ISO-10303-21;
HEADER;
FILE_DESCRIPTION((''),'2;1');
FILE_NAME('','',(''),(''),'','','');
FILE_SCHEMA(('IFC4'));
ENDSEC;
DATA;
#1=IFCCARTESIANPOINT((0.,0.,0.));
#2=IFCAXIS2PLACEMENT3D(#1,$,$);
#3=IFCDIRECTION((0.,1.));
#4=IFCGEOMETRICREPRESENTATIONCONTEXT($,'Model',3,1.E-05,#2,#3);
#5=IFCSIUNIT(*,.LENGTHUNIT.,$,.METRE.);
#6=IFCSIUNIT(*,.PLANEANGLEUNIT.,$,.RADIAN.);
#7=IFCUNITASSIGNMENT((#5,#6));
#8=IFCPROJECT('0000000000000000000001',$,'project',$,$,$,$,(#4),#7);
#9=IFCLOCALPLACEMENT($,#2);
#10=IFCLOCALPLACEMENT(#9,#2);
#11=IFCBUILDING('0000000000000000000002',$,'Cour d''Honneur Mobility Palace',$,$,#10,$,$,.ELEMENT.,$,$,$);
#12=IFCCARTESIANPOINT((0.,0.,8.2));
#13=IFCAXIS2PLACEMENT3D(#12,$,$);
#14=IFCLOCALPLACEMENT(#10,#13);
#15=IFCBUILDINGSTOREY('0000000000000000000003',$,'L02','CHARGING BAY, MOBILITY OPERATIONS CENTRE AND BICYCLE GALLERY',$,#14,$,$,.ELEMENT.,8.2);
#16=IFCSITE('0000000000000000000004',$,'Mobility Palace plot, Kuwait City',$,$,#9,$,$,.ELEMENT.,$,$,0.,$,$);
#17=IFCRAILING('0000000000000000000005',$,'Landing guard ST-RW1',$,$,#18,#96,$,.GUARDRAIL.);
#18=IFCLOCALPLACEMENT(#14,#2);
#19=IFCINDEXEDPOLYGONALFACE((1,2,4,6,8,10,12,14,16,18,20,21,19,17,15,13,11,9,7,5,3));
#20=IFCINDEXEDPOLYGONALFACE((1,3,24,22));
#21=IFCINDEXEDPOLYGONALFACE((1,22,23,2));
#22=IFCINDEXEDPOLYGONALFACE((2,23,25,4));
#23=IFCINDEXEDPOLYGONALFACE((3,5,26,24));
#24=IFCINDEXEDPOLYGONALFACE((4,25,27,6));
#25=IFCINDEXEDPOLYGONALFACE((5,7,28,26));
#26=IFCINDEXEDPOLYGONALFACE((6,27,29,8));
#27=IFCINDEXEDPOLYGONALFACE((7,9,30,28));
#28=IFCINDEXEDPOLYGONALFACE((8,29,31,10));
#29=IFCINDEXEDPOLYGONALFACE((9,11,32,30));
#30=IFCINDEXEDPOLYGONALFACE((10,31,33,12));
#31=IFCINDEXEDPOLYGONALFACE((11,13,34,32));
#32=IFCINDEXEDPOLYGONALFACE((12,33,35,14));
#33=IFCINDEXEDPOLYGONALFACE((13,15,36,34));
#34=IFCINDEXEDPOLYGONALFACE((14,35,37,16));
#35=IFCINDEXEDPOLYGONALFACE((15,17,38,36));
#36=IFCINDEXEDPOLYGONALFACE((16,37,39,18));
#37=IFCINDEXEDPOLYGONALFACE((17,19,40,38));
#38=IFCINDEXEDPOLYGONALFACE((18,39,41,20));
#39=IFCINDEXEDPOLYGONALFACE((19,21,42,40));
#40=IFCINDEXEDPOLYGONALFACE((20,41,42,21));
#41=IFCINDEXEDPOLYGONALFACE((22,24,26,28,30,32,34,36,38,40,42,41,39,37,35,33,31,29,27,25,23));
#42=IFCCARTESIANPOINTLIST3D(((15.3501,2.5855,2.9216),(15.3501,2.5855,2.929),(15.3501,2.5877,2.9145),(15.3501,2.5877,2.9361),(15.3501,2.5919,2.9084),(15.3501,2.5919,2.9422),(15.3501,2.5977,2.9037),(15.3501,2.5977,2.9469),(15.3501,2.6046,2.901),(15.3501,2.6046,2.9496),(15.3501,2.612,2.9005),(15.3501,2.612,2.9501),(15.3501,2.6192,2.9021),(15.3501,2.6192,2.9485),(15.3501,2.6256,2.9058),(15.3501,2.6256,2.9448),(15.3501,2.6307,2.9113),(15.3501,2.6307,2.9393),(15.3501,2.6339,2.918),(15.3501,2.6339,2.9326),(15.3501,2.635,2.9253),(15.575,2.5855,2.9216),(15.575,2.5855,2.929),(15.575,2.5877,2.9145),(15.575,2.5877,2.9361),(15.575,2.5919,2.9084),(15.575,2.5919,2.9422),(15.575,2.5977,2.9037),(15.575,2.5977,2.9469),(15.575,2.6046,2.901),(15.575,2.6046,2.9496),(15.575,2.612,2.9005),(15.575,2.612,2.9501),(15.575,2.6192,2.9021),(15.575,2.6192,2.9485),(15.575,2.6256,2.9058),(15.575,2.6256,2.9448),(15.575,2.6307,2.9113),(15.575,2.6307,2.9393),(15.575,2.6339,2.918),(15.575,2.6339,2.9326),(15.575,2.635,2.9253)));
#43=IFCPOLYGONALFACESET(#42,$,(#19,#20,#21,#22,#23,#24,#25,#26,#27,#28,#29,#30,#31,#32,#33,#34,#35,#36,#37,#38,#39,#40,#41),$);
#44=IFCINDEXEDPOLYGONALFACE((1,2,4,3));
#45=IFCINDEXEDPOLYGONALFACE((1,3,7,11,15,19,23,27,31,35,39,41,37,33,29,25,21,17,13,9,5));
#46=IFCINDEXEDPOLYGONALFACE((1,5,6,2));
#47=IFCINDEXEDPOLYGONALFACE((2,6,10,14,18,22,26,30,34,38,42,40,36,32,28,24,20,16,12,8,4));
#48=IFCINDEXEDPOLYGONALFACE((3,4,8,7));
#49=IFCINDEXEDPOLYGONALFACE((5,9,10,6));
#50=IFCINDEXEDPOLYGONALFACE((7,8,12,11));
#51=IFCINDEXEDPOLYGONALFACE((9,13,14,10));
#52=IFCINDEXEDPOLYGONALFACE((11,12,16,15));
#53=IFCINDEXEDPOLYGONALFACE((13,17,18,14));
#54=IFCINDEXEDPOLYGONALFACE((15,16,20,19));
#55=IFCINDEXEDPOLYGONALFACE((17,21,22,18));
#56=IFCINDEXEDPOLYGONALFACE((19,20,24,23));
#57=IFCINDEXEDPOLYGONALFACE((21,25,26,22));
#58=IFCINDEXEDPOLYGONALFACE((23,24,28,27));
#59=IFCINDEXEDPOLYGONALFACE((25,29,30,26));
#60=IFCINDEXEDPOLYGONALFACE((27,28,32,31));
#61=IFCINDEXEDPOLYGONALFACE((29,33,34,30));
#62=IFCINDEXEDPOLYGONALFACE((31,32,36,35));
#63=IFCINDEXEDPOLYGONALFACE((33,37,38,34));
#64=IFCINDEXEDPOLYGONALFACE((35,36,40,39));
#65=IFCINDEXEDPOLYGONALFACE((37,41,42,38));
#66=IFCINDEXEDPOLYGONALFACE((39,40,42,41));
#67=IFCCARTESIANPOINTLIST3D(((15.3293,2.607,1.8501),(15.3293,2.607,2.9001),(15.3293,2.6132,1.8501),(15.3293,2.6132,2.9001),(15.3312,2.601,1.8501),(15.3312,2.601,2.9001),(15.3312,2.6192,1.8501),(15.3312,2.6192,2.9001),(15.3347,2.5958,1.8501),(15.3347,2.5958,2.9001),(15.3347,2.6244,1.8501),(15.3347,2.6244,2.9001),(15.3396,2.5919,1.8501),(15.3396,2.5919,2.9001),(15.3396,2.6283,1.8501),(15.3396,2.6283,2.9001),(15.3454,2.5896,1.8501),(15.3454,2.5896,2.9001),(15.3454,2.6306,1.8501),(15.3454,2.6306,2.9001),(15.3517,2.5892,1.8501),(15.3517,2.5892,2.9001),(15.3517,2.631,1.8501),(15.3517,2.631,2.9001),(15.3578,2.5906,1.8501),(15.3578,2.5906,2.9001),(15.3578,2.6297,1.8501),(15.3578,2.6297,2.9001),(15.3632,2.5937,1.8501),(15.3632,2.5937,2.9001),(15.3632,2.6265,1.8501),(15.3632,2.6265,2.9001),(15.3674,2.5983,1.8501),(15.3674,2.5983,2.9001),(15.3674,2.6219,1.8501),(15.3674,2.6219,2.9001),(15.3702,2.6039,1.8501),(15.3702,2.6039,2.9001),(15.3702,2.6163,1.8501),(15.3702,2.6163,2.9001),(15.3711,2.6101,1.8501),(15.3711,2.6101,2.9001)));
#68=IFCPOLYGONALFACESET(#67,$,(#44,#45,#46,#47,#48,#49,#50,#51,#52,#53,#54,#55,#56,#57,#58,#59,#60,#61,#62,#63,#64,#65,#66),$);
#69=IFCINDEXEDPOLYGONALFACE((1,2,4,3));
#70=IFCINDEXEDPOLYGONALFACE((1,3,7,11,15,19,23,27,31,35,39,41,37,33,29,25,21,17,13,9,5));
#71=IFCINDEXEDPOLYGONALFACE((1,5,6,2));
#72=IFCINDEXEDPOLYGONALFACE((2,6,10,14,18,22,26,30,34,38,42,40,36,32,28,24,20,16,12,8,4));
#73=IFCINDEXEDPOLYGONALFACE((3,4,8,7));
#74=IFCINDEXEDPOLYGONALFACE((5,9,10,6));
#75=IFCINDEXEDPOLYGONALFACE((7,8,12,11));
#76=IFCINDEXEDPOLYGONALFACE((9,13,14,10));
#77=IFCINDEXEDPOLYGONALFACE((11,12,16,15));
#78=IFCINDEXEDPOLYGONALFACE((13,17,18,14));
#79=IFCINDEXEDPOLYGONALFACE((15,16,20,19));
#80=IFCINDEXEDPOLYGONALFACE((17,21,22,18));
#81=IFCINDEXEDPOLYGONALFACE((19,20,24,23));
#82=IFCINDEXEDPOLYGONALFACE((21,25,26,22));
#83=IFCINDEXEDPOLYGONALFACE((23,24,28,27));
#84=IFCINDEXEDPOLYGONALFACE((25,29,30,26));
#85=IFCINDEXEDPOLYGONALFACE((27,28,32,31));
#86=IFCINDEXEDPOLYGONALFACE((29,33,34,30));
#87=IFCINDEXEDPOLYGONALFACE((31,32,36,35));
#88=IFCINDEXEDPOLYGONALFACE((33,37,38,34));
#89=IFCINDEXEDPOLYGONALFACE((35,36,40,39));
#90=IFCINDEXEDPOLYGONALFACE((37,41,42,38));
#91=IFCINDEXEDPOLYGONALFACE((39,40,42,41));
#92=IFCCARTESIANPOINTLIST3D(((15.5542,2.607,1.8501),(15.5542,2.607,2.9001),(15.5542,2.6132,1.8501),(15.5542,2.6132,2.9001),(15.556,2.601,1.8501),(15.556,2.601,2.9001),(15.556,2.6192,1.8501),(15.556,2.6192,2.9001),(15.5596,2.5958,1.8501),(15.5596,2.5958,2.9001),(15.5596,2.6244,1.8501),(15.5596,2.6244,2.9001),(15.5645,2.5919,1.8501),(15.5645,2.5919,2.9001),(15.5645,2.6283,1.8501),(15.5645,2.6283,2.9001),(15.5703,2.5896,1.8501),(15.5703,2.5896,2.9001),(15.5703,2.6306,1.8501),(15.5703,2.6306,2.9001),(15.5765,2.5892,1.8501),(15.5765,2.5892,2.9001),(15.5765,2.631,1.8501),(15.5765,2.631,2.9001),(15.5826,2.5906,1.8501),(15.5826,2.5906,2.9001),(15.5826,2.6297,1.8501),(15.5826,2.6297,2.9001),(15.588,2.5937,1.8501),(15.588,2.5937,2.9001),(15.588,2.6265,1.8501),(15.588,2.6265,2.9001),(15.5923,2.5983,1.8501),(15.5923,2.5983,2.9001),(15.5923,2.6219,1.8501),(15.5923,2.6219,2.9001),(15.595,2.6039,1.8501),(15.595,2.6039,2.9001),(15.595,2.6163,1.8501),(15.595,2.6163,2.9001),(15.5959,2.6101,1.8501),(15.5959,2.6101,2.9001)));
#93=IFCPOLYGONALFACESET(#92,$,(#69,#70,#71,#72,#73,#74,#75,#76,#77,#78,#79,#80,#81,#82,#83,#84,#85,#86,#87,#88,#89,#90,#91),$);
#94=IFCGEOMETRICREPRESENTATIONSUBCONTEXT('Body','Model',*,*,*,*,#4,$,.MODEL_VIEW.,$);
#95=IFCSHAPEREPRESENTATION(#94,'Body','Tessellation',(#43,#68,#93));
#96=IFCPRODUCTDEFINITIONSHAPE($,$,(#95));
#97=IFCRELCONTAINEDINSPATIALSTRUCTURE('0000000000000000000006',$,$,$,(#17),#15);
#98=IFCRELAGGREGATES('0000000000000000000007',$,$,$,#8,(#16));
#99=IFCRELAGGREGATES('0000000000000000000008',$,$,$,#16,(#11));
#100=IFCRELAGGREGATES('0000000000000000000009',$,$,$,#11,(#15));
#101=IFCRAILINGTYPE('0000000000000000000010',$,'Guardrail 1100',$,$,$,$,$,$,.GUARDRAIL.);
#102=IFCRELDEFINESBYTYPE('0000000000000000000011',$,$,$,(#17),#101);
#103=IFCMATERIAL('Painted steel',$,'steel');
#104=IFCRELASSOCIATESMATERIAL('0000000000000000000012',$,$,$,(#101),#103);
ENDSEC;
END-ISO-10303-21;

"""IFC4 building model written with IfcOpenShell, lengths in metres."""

from ifc_helpers import new_model, si_unit, direction, frame, origin, origin_2d, place, context, subcontext, project, spatial, circle, extrude, material, type_object, element, save


model = new_model("IFC4")

# Units and contexts
model_context = context("Model", 3, precision=1e-05, world=origin(), true_north=direction((0.0, 1.0)))
body_context = subcontext(model_context, "Body", "Model", "MODEL_VIEW")
ifc_project = project(units=[si_unit("LENGTHUNIT", "METRE"), si_unit("PLANEANGLEUNIT", "RADIAN")], contexts=[model_context])

# Site, building, storey
site_placement = place(None, origin())
site = spatial("IfcSite", under=ifc_project, at=site_placement, Name="Mobility Palace plot, Kuwait City", CompositionType="ELEMENT", RefElevation=0.0)
building_placement = place(site_placement, origin())
building = spatial("IfcBuilding", under=site, at=building_placement, Name="Cour d'Honneur Mobility Palace", CompositionType="ELEMENT")
storey_placement = place(building_placement, frame((0.0, 0.0, 8.2)))
storey = spatial("IfcBuildingStorey", under=building, at=storey_placement, Name="L02", Description="CHARGING BAY, MOBILITY OPERATIONS CENTRE AND BICYCLE GALLERY", CompositionType="ELEMENT", Elevation=8.2)

# Railing
ifc_material_1 = material(Name="Painted steel", Category="steel")
railing_type_1 = type_object("IfcRailingType", Name="Guardrail 1100", PredefinedType="GUARDRAIL", material=ifc_material_1)
railing_1_placement = place(storey_placement, frame((15.3501, 2.6101, 1.8501)))
element("IfcRailing", 1, at=railing_1_placement, inside=storey, type_object=railing_type_1, Name="Landing guard ST-RW1", PredefinedType="GUARDRAIL", context=body_context, shape_type="SweptSolid", body=[
    extrude(circle(Radius=0.0249, at=origin_2d()), frame((0.0, 0.0, 1.0752), z_axis=(1.0, 0.0, 0.0), x_axis=(0.0, 1.0, 0.0)), (0.0, 0.0, 1.0), 0.2249),
    extrude(circle(Radius=0.021, at=origin_2d()), origin(), (0.0, 0.0, 1.0), 1.05),
    extrude(circle(Radius=0.021, at=origin_2d()), frame((0.2249, 0.0, 0.0)), (0.0, 0.0, 1.0), 1.05),
])

save(model, "model.ifc")
